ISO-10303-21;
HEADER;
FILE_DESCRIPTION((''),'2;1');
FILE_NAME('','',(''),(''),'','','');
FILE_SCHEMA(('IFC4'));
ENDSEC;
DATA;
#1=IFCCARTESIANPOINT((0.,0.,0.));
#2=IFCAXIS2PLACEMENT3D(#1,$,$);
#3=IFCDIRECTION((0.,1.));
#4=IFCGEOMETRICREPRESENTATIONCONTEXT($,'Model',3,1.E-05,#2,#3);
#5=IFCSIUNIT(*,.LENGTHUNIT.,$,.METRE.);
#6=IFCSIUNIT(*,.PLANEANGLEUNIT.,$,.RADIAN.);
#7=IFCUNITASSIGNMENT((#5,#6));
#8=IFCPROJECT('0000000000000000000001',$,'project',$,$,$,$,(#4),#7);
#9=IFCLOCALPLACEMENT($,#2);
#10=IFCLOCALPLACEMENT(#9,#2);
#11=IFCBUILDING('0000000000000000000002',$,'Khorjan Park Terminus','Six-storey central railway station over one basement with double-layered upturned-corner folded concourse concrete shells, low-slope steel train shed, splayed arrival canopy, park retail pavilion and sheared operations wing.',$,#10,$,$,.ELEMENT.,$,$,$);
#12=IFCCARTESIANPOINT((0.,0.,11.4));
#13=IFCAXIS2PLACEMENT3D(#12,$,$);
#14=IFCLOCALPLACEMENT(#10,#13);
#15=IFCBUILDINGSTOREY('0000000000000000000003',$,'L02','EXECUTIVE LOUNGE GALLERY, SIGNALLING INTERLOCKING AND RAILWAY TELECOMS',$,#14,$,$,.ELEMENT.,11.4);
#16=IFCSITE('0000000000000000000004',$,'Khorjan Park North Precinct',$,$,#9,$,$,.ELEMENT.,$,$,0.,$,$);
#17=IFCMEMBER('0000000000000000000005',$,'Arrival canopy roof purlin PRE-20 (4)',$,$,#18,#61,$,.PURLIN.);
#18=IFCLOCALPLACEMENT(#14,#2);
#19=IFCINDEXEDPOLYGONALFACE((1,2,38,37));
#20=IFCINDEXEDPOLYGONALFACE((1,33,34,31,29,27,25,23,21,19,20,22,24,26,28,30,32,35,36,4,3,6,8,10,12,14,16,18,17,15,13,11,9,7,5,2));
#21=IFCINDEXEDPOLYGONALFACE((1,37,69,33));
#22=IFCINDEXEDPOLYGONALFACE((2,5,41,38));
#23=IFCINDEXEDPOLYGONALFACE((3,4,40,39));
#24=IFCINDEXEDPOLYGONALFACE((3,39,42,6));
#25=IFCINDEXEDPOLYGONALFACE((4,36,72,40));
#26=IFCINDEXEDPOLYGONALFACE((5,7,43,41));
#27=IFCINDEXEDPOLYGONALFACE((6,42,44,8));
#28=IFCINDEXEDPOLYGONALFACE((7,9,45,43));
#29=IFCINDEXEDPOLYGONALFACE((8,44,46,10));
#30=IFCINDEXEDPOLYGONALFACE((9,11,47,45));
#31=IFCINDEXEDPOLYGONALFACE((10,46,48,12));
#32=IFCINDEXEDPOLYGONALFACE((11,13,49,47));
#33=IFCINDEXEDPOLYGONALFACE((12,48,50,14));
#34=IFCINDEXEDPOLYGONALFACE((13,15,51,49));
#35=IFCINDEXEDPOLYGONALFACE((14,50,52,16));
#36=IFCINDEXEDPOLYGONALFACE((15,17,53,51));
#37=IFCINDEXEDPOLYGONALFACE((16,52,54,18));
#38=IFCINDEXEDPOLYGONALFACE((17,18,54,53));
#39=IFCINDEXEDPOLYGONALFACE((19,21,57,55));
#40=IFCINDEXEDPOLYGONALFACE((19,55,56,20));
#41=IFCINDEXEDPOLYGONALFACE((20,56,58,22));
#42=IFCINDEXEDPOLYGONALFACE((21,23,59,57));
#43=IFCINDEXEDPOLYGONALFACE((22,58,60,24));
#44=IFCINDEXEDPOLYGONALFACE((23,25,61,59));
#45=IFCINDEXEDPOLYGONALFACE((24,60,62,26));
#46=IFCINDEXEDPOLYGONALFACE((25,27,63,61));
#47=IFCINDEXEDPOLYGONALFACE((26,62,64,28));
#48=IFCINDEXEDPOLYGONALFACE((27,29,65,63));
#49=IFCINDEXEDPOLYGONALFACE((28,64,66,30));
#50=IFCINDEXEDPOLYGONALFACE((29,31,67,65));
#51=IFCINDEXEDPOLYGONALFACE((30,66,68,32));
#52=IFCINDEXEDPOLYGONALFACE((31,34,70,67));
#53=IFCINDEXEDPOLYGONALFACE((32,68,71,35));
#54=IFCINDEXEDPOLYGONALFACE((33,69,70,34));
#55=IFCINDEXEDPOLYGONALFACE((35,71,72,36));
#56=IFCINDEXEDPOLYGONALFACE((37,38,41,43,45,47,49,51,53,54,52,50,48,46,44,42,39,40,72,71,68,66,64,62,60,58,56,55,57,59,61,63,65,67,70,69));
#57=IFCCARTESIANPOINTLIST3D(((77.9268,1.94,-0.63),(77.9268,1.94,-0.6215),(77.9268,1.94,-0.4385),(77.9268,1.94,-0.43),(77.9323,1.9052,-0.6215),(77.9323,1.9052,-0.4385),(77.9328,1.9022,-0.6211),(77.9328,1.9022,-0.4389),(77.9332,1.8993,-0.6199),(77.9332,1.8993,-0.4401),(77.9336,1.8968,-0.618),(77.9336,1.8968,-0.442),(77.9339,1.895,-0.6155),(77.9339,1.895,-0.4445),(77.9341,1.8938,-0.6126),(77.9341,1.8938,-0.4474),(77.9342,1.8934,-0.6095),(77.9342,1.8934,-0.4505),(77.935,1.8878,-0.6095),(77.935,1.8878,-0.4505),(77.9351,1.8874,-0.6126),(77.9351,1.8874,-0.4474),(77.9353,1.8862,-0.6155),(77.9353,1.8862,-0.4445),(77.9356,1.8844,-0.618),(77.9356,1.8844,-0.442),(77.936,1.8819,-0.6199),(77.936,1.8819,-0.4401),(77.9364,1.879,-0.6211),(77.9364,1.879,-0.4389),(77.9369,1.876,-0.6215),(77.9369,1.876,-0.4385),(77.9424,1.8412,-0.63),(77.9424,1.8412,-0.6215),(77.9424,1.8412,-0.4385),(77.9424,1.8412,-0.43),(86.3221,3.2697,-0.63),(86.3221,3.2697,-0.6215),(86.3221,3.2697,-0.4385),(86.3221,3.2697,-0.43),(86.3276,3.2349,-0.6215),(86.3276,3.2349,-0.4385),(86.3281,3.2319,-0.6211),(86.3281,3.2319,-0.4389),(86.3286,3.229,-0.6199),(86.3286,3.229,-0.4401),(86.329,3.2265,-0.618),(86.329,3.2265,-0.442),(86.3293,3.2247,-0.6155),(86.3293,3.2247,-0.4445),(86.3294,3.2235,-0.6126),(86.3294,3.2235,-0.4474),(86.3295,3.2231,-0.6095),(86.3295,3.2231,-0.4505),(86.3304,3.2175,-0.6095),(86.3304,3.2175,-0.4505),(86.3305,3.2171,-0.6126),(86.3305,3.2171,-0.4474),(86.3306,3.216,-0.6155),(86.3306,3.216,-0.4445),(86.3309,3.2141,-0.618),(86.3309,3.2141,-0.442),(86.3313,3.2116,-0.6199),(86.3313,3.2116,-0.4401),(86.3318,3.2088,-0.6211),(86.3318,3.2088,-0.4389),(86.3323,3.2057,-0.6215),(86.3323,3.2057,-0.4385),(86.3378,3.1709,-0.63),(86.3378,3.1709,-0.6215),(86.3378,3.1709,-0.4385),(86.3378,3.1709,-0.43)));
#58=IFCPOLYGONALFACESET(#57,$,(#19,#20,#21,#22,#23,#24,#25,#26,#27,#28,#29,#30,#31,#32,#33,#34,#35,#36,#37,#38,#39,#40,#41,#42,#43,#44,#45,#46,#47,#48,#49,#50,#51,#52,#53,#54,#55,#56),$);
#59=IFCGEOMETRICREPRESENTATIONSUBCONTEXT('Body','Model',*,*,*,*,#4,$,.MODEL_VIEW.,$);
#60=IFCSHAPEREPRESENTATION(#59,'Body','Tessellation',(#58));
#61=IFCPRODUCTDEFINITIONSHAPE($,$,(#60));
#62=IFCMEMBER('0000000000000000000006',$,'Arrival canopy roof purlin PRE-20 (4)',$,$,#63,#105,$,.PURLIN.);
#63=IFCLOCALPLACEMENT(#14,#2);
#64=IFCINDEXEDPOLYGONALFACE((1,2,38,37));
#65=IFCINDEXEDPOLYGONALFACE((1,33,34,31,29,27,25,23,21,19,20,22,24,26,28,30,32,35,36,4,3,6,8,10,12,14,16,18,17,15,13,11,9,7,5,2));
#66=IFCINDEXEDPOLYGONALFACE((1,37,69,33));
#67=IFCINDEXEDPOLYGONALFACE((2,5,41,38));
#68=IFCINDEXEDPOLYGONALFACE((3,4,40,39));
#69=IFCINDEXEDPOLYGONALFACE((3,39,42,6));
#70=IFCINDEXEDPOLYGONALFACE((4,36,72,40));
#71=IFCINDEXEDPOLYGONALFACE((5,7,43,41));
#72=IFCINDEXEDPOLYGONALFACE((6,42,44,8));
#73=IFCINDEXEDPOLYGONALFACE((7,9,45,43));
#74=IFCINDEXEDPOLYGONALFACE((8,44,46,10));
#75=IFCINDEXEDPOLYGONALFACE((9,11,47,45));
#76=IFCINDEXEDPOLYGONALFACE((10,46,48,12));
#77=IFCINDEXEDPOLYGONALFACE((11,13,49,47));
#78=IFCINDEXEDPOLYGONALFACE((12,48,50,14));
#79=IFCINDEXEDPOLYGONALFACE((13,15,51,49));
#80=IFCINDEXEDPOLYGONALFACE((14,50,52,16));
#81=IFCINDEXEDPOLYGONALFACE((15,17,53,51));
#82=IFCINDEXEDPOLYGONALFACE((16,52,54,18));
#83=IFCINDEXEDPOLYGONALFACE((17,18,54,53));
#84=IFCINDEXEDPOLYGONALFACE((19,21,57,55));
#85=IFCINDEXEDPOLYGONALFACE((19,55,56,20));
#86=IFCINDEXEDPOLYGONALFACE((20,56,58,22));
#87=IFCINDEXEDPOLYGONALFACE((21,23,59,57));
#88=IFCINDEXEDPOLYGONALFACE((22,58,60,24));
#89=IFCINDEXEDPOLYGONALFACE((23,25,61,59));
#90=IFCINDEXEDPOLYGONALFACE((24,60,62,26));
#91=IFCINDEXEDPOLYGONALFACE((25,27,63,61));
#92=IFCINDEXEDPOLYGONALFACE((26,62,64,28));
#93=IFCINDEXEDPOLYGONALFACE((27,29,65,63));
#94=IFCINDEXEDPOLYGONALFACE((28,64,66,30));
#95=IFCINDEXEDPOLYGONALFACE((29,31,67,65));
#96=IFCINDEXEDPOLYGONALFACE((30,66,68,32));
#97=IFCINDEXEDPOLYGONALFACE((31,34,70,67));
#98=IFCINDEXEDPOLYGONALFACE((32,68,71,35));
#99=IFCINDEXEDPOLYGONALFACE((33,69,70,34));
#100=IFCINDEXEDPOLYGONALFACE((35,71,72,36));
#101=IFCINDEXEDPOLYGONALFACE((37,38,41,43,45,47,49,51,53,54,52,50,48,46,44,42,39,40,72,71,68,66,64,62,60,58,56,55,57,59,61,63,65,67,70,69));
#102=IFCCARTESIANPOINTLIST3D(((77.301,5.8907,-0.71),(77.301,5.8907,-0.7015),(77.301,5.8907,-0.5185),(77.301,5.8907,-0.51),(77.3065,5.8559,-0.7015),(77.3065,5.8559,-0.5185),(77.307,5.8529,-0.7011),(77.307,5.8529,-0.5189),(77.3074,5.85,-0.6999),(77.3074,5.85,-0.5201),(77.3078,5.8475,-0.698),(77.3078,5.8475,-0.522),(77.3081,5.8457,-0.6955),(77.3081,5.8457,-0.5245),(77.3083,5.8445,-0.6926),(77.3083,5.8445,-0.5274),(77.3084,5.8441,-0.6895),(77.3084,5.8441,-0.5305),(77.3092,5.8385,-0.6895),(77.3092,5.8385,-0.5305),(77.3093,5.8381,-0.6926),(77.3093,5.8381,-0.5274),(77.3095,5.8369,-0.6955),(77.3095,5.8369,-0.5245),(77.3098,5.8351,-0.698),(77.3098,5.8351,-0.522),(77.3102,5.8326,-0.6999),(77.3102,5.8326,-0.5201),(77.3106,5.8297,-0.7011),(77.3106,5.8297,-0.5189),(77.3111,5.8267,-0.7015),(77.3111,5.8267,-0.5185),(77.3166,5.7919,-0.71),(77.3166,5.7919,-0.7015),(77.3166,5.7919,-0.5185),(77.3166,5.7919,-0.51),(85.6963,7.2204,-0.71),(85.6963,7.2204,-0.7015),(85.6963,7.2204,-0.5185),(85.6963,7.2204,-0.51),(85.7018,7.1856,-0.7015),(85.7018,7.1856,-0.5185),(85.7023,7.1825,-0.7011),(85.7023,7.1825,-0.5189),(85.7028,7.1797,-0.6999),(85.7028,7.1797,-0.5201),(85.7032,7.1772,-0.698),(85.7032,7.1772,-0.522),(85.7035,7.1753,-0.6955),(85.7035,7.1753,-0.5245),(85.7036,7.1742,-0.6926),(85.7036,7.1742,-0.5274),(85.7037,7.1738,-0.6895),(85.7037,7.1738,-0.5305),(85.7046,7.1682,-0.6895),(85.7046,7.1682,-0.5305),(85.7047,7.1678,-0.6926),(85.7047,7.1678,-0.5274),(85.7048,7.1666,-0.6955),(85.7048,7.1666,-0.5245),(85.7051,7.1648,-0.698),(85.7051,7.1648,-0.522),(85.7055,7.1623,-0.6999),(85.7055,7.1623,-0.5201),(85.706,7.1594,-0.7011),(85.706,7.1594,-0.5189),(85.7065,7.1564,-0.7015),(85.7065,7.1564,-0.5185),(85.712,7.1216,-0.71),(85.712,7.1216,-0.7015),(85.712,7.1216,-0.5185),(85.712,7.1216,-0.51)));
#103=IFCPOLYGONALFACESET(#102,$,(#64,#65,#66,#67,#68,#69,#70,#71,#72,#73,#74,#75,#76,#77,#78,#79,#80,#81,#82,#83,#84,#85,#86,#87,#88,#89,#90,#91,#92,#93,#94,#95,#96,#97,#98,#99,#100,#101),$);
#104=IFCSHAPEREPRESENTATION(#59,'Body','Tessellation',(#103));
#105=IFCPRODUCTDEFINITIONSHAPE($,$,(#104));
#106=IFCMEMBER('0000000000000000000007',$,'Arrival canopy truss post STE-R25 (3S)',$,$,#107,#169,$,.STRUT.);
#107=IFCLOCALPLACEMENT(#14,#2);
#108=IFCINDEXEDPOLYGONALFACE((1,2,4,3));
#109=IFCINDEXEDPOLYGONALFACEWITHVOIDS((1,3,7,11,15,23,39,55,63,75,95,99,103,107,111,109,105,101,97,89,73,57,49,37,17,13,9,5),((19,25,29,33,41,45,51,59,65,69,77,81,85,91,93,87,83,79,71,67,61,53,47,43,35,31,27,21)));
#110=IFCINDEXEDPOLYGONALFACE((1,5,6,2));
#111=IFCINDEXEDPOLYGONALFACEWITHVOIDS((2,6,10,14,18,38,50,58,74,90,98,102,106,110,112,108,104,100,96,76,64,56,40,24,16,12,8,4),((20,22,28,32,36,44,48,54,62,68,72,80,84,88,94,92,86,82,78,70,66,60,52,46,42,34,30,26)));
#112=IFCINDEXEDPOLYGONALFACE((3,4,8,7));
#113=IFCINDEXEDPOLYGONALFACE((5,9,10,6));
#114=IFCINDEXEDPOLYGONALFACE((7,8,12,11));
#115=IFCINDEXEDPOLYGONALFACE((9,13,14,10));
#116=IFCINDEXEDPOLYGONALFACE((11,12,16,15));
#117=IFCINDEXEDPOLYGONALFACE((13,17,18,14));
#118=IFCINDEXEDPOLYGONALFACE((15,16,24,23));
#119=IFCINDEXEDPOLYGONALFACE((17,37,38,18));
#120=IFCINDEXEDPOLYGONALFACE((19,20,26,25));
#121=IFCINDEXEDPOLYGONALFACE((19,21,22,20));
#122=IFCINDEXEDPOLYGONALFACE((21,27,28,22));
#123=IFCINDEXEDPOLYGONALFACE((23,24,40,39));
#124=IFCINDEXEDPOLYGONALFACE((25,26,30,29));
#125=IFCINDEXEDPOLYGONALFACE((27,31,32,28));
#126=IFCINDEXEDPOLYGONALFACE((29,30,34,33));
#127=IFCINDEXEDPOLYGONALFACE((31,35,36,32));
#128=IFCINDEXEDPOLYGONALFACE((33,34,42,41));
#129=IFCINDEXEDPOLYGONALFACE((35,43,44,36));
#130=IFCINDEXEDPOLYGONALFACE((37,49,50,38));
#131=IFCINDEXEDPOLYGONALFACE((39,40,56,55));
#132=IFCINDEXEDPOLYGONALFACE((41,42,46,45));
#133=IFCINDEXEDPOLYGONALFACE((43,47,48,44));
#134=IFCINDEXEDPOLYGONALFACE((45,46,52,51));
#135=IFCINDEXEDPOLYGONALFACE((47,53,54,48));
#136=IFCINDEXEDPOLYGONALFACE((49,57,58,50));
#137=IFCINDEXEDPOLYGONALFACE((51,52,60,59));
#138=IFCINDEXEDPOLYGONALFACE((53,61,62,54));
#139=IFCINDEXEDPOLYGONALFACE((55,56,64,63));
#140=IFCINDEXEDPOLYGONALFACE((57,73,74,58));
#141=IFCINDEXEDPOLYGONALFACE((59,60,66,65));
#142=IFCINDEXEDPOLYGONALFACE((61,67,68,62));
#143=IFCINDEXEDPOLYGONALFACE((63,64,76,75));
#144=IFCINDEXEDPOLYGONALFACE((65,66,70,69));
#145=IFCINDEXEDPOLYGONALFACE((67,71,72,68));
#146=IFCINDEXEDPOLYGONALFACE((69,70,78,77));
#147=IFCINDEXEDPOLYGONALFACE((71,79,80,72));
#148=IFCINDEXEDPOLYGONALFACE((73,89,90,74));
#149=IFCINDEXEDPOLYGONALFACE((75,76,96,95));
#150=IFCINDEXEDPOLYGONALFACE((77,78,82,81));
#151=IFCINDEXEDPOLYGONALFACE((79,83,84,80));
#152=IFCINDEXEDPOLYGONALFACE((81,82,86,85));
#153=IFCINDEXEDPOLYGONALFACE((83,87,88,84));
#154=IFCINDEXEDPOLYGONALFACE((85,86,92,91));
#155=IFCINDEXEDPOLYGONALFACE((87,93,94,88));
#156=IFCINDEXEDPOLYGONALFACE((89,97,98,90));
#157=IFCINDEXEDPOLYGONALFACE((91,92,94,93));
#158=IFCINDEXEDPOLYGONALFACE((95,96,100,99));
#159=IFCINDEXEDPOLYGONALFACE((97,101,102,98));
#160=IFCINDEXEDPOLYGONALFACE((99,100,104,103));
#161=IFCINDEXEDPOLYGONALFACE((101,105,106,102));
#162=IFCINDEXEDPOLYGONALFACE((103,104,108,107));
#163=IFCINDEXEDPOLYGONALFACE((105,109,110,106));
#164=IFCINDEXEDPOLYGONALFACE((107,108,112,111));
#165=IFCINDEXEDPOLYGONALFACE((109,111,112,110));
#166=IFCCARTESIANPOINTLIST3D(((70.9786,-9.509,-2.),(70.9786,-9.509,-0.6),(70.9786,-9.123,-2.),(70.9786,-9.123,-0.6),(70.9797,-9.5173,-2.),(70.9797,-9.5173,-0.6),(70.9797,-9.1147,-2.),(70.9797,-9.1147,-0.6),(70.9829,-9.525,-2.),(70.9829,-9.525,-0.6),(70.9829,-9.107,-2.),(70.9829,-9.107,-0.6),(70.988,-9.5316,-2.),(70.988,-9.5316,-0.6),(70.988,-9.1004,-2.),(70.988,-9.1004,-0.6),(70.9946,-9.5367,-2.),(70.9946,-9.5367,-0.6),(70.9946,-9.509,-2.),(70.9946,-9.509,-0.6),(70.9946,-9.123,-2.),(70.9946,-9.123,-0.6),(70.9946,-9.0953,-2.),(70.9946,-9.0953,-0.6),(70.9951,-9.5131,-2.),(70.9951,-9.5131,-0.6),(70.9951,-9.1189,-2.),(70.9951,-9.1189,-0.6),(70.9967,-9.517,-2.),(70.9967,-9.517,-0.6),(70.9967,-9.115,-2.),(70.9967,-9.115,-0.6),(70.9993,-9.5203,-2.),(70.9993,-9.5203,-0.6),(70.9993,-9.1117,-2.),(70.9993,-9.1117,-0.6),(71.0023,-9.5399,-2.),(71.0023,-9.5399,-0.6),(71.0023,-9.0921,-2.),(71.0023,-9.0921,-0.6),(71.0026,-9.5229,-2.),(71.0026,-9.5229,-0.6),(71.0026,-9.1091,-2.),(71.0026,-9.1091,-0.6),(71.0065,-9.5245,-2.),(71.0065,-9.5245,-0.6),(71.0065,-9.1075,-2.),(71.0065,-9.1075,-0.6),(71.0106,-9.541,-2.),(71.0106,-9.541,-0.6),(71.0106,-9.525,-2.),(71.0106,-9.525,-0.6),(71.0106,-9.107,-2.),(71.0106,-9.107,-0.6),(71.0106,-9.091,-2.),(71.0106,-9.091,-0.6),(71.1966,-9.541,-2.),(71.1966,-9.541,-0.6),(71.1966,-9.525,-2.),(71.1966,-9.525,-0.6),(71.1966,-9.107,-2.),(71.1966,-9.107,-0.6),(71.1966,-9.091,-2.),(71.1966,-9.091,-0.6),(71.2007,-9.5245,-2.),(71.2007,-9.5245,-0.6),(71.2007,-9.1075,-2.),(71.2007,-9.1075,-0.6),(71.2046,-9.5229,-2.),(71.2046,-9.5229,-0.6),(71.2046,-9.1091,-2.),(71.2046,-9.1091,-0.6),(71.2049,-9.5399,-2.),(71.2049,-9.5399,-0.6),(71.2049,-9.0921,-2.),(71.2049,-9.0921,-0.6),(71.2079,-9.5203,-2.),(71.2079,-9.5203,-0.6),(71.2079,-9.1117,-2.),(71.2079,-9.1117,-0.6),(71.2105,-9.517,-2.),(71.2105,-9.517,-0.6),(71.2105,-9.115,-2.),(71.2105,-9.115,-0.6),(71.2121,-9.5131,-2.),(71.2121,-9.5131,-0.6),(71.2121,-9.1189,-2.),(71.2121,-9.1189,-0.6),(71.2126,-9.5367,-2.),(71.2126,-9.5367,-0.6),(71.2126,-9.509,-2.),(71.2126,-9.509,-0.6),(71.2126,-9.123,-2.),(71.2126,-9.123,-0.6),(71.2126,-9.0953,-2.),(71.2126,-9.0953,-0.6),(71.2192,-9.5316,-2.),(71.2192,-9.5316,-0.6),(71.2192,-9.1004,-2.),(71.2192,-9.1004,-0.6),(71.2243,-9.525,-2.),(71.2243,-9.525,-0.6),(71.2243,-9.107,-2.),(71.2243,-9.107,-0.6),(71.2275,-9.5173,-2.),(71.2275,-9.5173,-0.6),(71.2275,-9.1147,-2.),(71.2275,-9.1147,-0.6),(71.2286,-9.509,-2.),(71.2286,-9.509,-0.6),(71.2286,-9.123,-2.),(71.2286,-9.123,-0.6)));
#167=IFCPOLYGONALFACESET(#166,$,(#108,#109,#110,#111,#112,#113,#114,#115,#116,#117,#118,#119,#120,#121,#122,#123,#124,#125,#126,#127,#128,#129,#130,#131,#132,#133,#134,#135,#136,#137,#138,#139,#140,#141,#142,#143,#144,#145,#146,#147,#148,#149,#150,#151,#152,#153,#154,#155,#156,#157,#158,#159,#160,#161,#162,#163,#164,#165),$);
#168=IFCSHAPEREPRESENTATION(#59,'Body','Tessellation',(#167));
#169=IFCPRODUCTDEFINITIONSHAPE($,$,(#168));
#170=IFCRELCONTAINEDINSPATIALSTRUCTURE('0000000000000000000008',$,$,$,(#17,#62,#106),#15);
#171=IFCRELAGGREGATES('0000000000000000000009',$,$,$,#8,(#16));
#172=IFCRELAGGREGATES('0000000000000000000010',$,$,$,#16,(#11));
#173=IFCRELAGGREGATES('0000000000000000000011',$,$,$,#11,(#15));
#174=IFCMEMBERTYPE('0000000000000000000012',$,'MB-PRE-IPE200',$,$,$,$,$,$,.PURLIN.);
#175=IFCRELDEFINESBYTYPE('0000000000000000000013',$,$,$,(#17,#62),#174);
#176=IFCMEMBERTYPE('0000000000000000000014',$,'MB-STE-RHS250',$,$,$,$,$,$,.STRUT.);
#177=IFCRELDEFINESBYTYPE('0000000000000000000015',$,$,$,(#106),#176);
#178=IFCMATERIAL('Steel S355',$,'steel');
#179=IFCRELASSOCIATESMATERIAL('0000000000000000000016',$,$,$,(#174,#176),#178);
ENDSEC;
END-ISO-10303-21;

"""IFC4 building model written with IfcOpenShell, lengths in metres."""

from ifc_helpers import new_model, si_unit, direction, frame, origin, origin_2d, place, context, subcontext, project, spatial, hollow_rectangle, i_section, extrude, material, material_profile, profile_set, type_object, element, save


model = new_model("IFC4")

# Units and contexts
model_context = context("Model", 3, precision=1e-05, world=origin(), true_north=direction((0.0, 1.0)))
body_context = subcontext(model_context, "Body", "Model", "MODEL_VIEW")
ifc_project = project(units=[si_unit("LENGTHUNIT", "METRE"), si_unit("PLANEANGLEUNIT", "RADIAN")], contexts=[model_context])

# Site, building, storey
site_placement = place(None, origin())
site = spatial("IfcSite", under=ifc_project, at=site_placement, Name="Khorjan Park North Precinct", CompositionType="ELEMENT", RefElevation=0.0)
building_placement = place(site_placement, origin())
building = spatial("IfcBuilding", under=site, at=building_placement, Name="Khorjan Park Terminus", Description="Six-storey central railway station over one basement with double-layered upturned-corner folded concourse concrete shells, low-slope steel train shed, splayed arrival canopy, park retail pavilion and sheared operations wing.", CompositionType="ELEMENT")
storey_placement = place(building_placement, frame((0.0, 0.0, 11.4)))
storey = spatial("IfcBuildingStorey", under=building, at=storey_placement, Name="L02", Description="EXECUTIVE LOUNGE GALLERY, SIGNALLING INTERLOCKING AND RAILWAY TELECOMS", CompositionType="ELEMENT", Elevation=11.4)

# Members
ifc_material = material(Name="Steel S355", Category="steel")
ifc_material_profile_1 = material_profile(ifc_material, i_section(OverallWidth=0.1, OverallDepth=0.2, WebThickness=0.0056, FlangeThickness=0.0085, FilletRadius=0.012, at=origin_2d()), Name="IPE 200")
ifc_profile_set_1 = profile_set([ifc_material_profile_1], Name="Steel S355")
member_type_1 = type_object("IfcMemberType", Name="MB-PRE-IPE200", PredefinedType="PURLIN", material=ifc_profile_set_1)
for number, where, z_axis, x_axis, name in (
    (1, (77.9346, 1.8906, -0.53), (0.987688, 0.156436, 0.0), (-0.156436, 0.987688, 0.0), "Arrival canopy roof purlin PRE-20 (4)"),
    (2, (77.3088, 5.8413, -0.61), (0.987688, 0.156434, 0.0), (-0.156434, 0.987688, 0.0), "Arrival canopy roof purlin PRE-20 (4)"),
):
    element("IfcMember", number, at=place(storey_placement, frame(where, z_axis=z_axis, x_axis=x_axis)), inside=storey, type_object=member_type_1, Name=name, PredefinedType="PURLIN", context=body_context, shape_type="SweptSolid", body=[
        extrude(i_section(OverallWidth=0.1, OverallDepth=0.2, WebThickness=0.0056, FlangeThickness=0.0085, FilletRadius=0.012, at=origin_2d()), origin(), (0.0, 0.0, 1.0), 8.5),
    ])
ifc_material_profile_2 = material_profile(ifc_material, hollow_rectangle(XDim=0.25, YDim=0.45, WallThickness=0.016, InnerFilletRadius=0.016, OuterFilletRadius=0.032, at=origin_2d()), Name="RHS 450x250x16")
ifc_profile_set_2 = profile_set([ifc_material_profile_2], Name="Steel S355")
member_type_2 = type_object("IfcMemberType", Name="MB-STE-RHS250", PredefinedType="STRUT", material=ifc_profile_set_2)
member_1_placement = place(storey_placement, frame((71.1036, -9.316, -2.0), z_axis=(0.0, 0.0, 1.0), x_axis=(1.0, 0.0, 0.0)))
element("IfcMember", 3, at=member_1_placement, inside=storey, type_object=member_type_2, Name="Arrival canopy truss post STE-R25 (3S)", PredefinedType="STRUT", context=body_context, shape_type="SweptSolid", body=[
    extrude(hollow_rectangle(XDim=0.25, YDim=0.45, WallThickness=0.016, InnerFilletRadius=0.016, OuterFilletRadius=0.032, at=origin_2d()), origin(), (0.0, 0.0, 1.0), 1.4),
])

save(model, "model.ifc")
